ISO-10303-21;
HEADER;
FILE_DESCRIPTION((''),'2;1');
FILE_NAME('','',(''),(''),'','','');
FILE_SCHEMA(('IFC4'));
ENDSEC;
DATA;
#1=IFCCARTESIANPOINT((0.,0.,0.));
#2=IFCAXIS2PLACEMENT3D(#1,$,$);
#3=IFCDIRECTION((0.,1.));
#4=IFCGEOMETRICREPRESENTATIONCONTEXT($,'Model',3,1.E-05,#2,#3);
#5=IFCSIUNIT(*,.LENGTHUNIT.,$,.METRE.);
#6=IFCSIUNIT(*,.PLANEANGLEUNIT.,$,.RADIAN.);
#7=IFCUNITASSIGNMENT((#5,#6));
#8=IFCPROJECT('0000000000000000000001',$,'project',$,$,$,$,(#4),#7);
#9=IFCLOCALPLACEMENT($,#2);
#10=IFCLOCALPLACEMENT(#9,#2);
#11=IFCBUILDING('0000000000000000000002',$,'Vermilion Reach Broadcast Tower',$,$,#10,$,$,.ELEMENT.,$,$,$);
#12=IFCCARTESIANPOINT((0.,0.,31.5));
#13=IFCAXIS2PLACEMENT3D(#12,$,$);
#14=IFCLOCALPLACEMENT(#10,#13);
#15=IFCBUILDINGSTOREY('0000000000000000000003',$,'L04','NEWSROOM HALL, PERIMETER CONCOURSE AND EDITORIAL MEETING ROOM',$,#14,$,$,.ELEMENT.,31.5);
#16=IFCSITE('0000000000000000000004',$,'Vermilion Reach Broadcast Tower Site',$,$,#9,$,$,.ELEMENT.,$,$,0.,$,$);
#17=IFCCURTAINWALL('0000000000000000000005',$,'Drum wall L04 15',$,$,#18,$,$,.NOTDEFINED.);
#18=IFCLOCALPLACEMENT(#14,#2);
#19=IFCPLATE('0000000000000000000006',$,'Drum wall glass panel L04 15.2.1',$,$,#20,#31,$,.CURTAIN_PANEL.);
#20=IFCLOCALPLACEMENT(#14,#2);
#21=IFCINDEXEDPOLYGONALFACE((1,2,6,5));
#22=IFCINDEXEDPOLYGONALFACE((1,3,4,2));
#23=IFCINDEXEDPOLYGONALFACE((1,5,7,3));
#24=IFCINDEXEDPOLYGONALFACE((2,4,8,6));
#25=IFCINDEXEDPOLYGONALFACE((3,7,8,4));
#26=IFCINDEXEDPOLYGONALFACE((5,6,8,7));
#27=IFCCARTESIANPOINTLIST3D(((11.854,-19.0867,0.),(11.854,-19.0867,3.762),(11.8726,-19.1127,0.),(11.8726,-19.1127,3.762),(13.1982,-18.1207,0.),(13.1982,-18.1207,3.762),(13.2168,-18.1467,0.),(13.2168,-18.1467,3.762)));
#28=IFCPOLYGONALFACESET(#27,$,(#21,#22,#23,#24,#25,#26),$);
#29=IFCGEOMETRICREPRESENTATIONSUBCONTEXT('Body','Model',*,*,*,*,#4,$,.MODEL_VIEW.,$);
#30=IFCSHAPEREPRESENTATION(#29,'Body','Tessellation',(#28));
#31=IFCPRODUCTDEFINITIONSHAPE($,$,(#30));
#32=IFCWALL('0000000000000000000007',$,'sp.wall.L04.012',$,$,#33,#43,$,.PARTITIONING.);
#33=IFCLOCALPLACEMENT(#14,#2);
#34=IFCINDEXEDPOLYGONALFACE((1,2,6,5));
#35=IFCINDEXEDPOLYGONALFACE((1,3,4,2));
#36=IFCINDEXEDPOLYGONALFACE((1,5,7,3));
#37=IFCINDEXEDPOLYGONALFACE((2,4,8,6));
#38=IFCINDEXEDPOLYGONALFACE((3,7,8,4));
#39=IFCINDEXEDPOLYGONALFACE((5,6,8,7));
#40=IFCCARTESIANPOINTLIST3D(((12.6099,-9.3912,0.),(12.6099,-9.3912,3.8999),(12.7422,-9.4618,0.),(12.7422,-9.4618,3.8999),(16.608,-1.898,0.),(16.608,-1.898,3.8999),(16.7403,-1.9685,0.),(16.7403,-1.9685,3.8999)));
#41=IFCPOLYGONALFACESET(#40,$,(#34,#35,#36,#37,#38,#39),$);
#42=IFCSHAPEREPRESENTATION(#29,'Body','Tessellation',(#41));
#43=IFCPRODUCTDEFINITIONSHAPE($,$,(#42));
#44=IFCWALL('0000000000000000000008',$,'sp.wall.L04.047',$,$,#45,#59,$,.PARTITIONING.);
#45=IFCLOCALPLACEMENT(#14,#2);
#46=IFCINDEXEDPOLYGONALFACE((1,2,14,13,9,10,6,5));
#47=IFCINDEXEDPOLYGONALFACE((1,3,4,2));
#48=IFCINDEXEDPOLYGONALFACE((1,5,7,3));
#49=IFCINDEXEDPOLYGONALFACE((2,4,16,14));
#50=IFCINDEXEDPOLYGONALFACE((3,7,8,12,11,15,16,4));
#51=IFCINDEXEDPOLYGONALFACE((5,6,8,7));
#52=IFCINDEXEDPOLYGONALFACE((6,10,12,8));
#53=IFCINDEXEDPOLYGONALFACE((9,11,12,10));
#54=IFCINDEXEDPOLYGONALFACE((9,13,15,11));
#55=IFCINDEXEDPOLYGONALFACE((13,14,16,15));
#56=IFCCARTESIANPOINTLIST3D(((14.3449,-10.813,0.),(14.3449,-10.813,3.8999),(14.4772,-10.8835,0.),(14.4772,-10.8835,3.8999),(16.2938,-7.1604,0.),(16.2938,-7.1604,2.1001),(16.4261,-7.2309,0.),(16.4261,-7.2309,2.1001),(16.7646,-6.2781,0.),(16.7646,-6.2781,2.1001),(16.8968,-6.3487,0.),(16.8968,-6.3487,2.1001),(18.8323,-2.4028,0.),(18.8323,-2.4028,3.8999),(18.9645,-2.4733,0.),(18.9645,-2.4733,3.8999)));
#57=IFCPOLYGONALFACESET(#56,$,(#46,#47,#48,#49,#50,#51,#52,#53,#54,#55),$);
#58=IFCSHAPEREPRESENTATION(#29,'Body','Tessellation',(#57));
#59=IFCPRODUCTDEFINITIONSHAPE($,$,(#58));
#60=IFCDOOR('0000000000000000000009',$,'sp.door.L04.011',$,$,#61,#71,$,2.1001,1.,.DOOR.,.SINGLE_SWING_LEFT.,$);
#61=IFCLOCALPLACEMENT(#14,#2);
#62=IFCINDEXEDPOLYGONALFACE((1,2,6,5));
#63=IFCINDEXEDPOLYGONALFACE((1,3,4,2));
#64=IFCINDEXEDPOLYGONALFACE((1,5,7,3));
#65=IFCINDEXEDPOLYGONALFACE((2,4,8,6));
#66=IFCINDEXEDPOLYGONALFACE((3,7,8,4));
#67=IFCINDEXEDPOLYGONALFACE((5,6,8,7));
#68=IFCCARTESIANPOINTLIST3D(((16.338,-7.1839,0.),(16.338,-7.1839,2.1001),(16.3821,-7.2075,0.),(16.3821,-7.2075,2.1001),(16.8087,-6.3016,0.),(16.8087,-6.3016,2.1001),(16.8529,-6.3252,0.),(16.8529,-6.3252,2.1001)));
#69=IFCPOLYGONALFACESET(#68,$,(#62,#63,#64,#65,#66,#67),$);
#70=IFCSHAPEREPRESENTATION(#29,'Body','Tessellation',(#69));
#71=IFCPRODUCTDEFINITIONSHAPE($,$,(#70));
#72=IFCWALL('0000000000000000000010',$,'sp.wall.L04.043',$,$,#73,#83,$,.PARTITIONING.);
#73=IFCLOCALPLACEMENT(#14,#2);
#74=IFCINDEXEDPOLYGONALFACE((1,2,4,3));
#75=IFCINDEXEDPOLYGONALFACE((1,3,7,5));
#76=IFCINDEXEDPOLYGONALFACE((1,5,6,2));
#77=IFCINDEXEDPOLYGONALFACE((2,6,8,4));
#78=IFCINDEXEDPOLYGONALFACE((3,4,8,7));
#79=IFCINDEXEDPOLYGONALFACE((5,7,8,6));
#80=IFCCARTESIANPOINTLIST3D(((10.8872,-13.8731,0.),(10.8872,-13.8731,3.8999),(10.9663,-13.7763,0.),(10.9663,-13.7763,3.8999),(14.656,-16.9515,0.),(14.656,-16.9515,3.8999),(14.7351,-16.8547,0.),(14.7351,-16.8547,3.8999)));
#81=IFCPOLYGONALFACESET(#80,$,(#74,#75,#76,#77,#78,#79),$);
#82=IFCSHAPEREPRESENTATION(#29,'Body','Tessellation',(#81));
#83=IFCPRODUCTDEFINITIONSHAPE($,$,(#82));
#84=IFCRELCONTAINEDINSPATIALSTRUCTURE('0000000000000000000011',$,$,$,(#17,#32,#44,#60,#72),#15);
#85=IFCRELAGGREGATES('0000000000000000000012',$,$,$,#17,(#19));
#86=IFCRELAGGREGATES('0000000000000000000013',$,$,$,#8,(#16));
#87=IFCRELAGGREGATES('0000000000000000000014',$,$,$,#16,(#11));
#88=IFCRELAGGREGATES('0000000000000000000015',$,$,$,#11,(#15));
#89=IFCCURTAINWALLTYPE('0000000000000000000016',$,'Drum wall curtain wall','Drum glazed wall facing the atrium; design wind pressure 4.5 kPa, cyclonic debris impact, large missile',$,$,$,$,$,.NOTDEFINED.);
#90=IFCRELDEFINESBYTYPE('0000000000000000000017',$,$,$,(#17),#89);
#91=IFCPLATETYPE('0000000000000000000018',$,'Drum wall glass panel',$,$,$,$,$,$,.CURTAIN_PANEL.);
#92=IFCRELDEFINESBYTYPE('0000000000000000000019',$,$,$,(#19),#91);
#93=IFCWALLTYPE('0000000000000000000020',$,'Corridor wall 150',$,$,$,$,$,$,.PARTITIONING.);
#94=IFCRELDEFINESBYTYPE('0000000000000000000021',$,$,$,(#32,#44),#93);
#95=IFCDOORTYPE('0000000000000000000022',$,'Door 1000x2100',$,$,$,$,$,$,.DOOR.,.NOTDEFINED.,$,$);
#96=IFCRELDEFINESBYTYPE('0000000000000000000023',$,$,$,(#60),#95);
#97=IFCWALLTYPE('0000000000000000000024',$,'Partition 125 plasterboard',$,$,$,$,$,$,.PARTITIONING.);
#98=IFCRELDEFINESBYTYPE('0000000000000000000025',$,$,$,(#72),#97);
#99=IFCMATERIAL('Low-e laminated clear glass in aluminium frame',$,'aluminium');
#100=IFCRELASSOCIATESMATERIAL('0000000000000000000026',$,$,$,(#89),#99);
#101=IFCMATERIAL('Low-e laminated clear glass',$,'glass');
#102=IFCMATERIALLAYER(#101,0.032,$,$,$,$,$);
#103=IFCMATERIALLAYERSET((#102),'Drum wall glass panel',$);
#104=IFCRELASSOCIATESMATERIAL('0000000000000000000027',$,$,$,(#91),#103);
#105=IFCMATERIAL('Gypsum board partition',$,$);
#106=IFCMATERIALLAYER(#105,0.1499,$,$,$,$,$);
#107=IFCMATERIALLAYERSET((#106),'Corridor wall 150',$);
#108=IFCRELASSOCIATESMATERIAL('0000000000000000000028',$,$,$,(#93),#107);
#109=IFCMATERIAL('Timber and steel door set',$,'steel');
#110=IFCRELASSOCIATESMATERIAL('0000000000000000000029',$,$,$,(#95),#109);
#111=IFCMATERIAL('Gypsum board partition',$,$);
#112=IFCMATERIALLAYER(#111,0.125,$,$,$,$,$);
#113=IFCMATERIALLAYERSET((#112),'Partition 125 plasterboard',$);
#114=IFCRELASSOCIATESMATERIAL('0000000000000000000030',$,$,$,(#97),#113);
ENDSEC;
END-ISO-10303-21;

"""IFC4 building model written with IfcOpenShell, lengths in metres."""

from ifc_helpers import new_model, si_unit, direction, frame, frame_2d, origin, origin_2d, place, context, subcontext, project, spatial, rectangle, extrude, material, layer, layer_set, type_object, element, fill, aggregate, save


model = new_model("IFC4")

# Units and contexts
model_context = context("Model", 3, precision=1e-05, world=origin(), true_north=direction((0.0, 1.0)))
body_context = subcontext(model_context, "Body", "Model", "MODEL_VIEW")
ifc_project = project(units=[si_unit("LENGTHUNIT", "METRE"), si_unit("PLANEANGLEUNIT", "RADIAN")], contexts=[model_context])

# Site, building, storey
site_placement = place(None, origin())
site = spatial("IfcSite", under=ifc_project, at=site_placement, Name="Vermilion Reach Broadcast Tower Site", CompositionType="ELEMENT", RefElevation=0.0)
building_placement = place(site_placement, origin())
building = spatial("IfcBuilding", under=site, at=building_placement, Name="Vermilion Reach Broadcast Tower", CompositionType="ELEMENT")
storey_placement = place(building_placement, frame((0.0, 0.0, 31.5)))
storey = spatial("IfcBuildingStorey", under=building, at=storey_placement, Name="L04", Description="NEWSROOM HALL, PERIMETER CONCOURSE AND EDITORIAL MEETING ROOM", CompositionType="ELEMENT", Elevation=31.5)

# Curtain wall
ifc_material_1 = material(Name="Low-e laminated clear glass in aluminium frame", Category="aluminium")
curtain_wall_type = type_object("IfcCurtainWallType", Name="Drum wall curtain wall", Description="Drum glazed wall facing the atrium; design wind pressure 4.5 kPa, cyclonic debris impact, large missile", PredefinedType="NOTDEFINED", material=ifc_material_1)
placement = place(storey_placement, origin())
curtain_wall_1 = element("IfcCurtainWall", 1, at=placement, inside=storey, type_object=curtain_wall_type, Name="Drum wall L04 15", PredefinedType="NOTDEFINED")

# Plate
ifc_material_2 = material(Name="Low-e laminated clear glass", Category="glass")
ifc_layer_1 = layer(ifc_material_2, 0.032)
ifc_layer_set_1 = layer_set([ifc_layer_1], Name="Drum wall glass panel")
plate_type = type_object("IfcPlateType", Name="Drum wall glass panel", PredefinedType="CURTAIN_PANEL", material=ifc_layer_set_1)
plate_1_placement = place(storey_placement, frame((12.5354, -18.6167, 0.0), z_axis=(0.0, 0.0, 1.0), x_axis=(-0.812051, -0.583587, 0.0)))
plate_1 = element("IfcPlate", 2, at=plate_1_placement, type_object=plate_type, Name="Drum wall glass panel L04 15.2.1", PredefinedType="CURTAIN_PANEL", context=body_context, shape_type="SweptSolid", body=[
    extrude(rectangle(XDim=1.6553, YDim=0.032, at=origin_2d()), origin(), (0.0, 0.0, 1.0), 3.762),
])
aggregate(curtain_wall_1, [plate_1])

# Wall
ifc_material_3 = material(Name="Gypsum board partition")
ifc_layer_2 = layer(ifc_material_3, 0.1499)
ifc_layer_set_2 = layer_set([ifc_layer_2], Name="Corridor wall 150")
wall_type_1 = type_object("IfcWallType", Name="Corridor wall 150", PredefinedType="PARTITIONING", material=ifc_layer_set_2)
wall_1_placement = place(storey_placement, frame((12.676, -9.4265, 0.0), z_axis=(0.0, 0.0, 1.0), x_axis=(0.470743, 0.88227, 0.0)))
element("IfcWall", 3, at=wall_1_placement, inside=storey, type_object=wall_type_1, Name="sp.wall.L04.012", PredefinedType="PARTITIONING", context=body_context, shape_type="SweptSolid", body=[
    extrude(rectangle(XDim=8.4932, YDim=0.1499, at=frame_2d((4.2466, 0.0))), origin(), (0.0, 0.0, 1.0), 3.8999),
])

# Wall, opening, door
wall_2_placement = place(storey_placement, frame((14.4111, -10.8481, 0.0), z_axis=(0.0, 0.0, 1.0), x_axis=(0.470742, 0.882271, 0.0)))
wall_2 = element("IfcWall", 4, at=wall_2_placement, inside=storey, type_object=wall_type_1, Name="sp.wall.L04.047", PredefinedType="PARTITIONING", context=body_context, shape_type="SweptSolid", body=[
    extrude(rectangle(XDim=9.5325, YDim=0.1499, at=frame_2d((4.7661, 0.0))), origin(), (0.0, 0.0, 1.0), 3.8999),
])
opening_placement = place(wall_2_placement, frame((4.1399, 0.0, 0.0)))
opening = element("IfcOpeningElement", 5, at=opening_placement, cuts=wall_2, PredefinedType="OPENING", context=body_context, shape_type="SweptSolid", body=[
    extrude(rectangle(XDim=1.0, YDim=2.1001, at=frame_2d((0.5, 1.05))), frame((0.0, 0.085, 0.0), z_axis=(0.0, -1.0, 0.0), x_axis=(1.0, 0.0, 0.0)), (0.0, 0.0, 1.0), 0.1699),
])
ifc_material_4 = material(Name="Timber and steel door set", Category="steel")
door_type = type_object("IfcDoorType", Name="Door 1000x2100", OperationType="NOTDEFINED", PredefinedType="DOOR", material=ifc_material_4)
door_placement = place(opening_placement, origin())
door = element("IfcDoor", 6, at=door_placement, inside=storey, type_object=door_type, Name="sp.door.L04.011", OperationType="SINGLE_SWING_LEFT", OverallHeight=2.1001, OverallWidth=1.0, PredefinedType="DOOR", context=body_context, shape_type="SweptSolid", body=[
    extrude(rectangle(XDim=1.0, YDim=2.1001, at=frame_2d((0.5, 1.05))), frame((0.0, 0.0249, 0.0), z_axis=(0.0, -1.0, 0.0), x_axis=(1.0, 0.0, 0.0)), (0.0, 0.0, 1.0), 0.05),
])
fill(opening, door)

# Wall
ifc_material_5 = material(Name="Gypsum board partition")
ifc_layer_3 = layer(ifc_material_5, 0.125)
ifc_layer_set_3 = layer_set([ifc_layer_3], Name="Partition 125 plasterboard")
wall_type_2 = type_object("IfcWallType", Name="Partition 125 plasterboard", PredefinedType="PARTITIONING", material=ifc_layer_set_3)
wall_3_placement = place(storey_placement, frame((10.9268, -13.8247, 0.0), z_axis=(0.0, 0.0, 1.0), x_axis=(0.77448, -0.632598, 0.0)))
element("IfcWall", 7, at=wall_3_placement, inside=storey, type_object=wall_type_2, Name="sp.wall.L04.043", PredefinedType="PARTITIONING", context=body_context, shape_type="SweptSolid", body=[
    extrude(rectangle(XDim=4.8662, YDim=0.125, at=frame_2d((2.4331, 0.0))), origin(), (0.0, 0.0, 1.0), 3.8999),
])

save(model, "model.ifc")
